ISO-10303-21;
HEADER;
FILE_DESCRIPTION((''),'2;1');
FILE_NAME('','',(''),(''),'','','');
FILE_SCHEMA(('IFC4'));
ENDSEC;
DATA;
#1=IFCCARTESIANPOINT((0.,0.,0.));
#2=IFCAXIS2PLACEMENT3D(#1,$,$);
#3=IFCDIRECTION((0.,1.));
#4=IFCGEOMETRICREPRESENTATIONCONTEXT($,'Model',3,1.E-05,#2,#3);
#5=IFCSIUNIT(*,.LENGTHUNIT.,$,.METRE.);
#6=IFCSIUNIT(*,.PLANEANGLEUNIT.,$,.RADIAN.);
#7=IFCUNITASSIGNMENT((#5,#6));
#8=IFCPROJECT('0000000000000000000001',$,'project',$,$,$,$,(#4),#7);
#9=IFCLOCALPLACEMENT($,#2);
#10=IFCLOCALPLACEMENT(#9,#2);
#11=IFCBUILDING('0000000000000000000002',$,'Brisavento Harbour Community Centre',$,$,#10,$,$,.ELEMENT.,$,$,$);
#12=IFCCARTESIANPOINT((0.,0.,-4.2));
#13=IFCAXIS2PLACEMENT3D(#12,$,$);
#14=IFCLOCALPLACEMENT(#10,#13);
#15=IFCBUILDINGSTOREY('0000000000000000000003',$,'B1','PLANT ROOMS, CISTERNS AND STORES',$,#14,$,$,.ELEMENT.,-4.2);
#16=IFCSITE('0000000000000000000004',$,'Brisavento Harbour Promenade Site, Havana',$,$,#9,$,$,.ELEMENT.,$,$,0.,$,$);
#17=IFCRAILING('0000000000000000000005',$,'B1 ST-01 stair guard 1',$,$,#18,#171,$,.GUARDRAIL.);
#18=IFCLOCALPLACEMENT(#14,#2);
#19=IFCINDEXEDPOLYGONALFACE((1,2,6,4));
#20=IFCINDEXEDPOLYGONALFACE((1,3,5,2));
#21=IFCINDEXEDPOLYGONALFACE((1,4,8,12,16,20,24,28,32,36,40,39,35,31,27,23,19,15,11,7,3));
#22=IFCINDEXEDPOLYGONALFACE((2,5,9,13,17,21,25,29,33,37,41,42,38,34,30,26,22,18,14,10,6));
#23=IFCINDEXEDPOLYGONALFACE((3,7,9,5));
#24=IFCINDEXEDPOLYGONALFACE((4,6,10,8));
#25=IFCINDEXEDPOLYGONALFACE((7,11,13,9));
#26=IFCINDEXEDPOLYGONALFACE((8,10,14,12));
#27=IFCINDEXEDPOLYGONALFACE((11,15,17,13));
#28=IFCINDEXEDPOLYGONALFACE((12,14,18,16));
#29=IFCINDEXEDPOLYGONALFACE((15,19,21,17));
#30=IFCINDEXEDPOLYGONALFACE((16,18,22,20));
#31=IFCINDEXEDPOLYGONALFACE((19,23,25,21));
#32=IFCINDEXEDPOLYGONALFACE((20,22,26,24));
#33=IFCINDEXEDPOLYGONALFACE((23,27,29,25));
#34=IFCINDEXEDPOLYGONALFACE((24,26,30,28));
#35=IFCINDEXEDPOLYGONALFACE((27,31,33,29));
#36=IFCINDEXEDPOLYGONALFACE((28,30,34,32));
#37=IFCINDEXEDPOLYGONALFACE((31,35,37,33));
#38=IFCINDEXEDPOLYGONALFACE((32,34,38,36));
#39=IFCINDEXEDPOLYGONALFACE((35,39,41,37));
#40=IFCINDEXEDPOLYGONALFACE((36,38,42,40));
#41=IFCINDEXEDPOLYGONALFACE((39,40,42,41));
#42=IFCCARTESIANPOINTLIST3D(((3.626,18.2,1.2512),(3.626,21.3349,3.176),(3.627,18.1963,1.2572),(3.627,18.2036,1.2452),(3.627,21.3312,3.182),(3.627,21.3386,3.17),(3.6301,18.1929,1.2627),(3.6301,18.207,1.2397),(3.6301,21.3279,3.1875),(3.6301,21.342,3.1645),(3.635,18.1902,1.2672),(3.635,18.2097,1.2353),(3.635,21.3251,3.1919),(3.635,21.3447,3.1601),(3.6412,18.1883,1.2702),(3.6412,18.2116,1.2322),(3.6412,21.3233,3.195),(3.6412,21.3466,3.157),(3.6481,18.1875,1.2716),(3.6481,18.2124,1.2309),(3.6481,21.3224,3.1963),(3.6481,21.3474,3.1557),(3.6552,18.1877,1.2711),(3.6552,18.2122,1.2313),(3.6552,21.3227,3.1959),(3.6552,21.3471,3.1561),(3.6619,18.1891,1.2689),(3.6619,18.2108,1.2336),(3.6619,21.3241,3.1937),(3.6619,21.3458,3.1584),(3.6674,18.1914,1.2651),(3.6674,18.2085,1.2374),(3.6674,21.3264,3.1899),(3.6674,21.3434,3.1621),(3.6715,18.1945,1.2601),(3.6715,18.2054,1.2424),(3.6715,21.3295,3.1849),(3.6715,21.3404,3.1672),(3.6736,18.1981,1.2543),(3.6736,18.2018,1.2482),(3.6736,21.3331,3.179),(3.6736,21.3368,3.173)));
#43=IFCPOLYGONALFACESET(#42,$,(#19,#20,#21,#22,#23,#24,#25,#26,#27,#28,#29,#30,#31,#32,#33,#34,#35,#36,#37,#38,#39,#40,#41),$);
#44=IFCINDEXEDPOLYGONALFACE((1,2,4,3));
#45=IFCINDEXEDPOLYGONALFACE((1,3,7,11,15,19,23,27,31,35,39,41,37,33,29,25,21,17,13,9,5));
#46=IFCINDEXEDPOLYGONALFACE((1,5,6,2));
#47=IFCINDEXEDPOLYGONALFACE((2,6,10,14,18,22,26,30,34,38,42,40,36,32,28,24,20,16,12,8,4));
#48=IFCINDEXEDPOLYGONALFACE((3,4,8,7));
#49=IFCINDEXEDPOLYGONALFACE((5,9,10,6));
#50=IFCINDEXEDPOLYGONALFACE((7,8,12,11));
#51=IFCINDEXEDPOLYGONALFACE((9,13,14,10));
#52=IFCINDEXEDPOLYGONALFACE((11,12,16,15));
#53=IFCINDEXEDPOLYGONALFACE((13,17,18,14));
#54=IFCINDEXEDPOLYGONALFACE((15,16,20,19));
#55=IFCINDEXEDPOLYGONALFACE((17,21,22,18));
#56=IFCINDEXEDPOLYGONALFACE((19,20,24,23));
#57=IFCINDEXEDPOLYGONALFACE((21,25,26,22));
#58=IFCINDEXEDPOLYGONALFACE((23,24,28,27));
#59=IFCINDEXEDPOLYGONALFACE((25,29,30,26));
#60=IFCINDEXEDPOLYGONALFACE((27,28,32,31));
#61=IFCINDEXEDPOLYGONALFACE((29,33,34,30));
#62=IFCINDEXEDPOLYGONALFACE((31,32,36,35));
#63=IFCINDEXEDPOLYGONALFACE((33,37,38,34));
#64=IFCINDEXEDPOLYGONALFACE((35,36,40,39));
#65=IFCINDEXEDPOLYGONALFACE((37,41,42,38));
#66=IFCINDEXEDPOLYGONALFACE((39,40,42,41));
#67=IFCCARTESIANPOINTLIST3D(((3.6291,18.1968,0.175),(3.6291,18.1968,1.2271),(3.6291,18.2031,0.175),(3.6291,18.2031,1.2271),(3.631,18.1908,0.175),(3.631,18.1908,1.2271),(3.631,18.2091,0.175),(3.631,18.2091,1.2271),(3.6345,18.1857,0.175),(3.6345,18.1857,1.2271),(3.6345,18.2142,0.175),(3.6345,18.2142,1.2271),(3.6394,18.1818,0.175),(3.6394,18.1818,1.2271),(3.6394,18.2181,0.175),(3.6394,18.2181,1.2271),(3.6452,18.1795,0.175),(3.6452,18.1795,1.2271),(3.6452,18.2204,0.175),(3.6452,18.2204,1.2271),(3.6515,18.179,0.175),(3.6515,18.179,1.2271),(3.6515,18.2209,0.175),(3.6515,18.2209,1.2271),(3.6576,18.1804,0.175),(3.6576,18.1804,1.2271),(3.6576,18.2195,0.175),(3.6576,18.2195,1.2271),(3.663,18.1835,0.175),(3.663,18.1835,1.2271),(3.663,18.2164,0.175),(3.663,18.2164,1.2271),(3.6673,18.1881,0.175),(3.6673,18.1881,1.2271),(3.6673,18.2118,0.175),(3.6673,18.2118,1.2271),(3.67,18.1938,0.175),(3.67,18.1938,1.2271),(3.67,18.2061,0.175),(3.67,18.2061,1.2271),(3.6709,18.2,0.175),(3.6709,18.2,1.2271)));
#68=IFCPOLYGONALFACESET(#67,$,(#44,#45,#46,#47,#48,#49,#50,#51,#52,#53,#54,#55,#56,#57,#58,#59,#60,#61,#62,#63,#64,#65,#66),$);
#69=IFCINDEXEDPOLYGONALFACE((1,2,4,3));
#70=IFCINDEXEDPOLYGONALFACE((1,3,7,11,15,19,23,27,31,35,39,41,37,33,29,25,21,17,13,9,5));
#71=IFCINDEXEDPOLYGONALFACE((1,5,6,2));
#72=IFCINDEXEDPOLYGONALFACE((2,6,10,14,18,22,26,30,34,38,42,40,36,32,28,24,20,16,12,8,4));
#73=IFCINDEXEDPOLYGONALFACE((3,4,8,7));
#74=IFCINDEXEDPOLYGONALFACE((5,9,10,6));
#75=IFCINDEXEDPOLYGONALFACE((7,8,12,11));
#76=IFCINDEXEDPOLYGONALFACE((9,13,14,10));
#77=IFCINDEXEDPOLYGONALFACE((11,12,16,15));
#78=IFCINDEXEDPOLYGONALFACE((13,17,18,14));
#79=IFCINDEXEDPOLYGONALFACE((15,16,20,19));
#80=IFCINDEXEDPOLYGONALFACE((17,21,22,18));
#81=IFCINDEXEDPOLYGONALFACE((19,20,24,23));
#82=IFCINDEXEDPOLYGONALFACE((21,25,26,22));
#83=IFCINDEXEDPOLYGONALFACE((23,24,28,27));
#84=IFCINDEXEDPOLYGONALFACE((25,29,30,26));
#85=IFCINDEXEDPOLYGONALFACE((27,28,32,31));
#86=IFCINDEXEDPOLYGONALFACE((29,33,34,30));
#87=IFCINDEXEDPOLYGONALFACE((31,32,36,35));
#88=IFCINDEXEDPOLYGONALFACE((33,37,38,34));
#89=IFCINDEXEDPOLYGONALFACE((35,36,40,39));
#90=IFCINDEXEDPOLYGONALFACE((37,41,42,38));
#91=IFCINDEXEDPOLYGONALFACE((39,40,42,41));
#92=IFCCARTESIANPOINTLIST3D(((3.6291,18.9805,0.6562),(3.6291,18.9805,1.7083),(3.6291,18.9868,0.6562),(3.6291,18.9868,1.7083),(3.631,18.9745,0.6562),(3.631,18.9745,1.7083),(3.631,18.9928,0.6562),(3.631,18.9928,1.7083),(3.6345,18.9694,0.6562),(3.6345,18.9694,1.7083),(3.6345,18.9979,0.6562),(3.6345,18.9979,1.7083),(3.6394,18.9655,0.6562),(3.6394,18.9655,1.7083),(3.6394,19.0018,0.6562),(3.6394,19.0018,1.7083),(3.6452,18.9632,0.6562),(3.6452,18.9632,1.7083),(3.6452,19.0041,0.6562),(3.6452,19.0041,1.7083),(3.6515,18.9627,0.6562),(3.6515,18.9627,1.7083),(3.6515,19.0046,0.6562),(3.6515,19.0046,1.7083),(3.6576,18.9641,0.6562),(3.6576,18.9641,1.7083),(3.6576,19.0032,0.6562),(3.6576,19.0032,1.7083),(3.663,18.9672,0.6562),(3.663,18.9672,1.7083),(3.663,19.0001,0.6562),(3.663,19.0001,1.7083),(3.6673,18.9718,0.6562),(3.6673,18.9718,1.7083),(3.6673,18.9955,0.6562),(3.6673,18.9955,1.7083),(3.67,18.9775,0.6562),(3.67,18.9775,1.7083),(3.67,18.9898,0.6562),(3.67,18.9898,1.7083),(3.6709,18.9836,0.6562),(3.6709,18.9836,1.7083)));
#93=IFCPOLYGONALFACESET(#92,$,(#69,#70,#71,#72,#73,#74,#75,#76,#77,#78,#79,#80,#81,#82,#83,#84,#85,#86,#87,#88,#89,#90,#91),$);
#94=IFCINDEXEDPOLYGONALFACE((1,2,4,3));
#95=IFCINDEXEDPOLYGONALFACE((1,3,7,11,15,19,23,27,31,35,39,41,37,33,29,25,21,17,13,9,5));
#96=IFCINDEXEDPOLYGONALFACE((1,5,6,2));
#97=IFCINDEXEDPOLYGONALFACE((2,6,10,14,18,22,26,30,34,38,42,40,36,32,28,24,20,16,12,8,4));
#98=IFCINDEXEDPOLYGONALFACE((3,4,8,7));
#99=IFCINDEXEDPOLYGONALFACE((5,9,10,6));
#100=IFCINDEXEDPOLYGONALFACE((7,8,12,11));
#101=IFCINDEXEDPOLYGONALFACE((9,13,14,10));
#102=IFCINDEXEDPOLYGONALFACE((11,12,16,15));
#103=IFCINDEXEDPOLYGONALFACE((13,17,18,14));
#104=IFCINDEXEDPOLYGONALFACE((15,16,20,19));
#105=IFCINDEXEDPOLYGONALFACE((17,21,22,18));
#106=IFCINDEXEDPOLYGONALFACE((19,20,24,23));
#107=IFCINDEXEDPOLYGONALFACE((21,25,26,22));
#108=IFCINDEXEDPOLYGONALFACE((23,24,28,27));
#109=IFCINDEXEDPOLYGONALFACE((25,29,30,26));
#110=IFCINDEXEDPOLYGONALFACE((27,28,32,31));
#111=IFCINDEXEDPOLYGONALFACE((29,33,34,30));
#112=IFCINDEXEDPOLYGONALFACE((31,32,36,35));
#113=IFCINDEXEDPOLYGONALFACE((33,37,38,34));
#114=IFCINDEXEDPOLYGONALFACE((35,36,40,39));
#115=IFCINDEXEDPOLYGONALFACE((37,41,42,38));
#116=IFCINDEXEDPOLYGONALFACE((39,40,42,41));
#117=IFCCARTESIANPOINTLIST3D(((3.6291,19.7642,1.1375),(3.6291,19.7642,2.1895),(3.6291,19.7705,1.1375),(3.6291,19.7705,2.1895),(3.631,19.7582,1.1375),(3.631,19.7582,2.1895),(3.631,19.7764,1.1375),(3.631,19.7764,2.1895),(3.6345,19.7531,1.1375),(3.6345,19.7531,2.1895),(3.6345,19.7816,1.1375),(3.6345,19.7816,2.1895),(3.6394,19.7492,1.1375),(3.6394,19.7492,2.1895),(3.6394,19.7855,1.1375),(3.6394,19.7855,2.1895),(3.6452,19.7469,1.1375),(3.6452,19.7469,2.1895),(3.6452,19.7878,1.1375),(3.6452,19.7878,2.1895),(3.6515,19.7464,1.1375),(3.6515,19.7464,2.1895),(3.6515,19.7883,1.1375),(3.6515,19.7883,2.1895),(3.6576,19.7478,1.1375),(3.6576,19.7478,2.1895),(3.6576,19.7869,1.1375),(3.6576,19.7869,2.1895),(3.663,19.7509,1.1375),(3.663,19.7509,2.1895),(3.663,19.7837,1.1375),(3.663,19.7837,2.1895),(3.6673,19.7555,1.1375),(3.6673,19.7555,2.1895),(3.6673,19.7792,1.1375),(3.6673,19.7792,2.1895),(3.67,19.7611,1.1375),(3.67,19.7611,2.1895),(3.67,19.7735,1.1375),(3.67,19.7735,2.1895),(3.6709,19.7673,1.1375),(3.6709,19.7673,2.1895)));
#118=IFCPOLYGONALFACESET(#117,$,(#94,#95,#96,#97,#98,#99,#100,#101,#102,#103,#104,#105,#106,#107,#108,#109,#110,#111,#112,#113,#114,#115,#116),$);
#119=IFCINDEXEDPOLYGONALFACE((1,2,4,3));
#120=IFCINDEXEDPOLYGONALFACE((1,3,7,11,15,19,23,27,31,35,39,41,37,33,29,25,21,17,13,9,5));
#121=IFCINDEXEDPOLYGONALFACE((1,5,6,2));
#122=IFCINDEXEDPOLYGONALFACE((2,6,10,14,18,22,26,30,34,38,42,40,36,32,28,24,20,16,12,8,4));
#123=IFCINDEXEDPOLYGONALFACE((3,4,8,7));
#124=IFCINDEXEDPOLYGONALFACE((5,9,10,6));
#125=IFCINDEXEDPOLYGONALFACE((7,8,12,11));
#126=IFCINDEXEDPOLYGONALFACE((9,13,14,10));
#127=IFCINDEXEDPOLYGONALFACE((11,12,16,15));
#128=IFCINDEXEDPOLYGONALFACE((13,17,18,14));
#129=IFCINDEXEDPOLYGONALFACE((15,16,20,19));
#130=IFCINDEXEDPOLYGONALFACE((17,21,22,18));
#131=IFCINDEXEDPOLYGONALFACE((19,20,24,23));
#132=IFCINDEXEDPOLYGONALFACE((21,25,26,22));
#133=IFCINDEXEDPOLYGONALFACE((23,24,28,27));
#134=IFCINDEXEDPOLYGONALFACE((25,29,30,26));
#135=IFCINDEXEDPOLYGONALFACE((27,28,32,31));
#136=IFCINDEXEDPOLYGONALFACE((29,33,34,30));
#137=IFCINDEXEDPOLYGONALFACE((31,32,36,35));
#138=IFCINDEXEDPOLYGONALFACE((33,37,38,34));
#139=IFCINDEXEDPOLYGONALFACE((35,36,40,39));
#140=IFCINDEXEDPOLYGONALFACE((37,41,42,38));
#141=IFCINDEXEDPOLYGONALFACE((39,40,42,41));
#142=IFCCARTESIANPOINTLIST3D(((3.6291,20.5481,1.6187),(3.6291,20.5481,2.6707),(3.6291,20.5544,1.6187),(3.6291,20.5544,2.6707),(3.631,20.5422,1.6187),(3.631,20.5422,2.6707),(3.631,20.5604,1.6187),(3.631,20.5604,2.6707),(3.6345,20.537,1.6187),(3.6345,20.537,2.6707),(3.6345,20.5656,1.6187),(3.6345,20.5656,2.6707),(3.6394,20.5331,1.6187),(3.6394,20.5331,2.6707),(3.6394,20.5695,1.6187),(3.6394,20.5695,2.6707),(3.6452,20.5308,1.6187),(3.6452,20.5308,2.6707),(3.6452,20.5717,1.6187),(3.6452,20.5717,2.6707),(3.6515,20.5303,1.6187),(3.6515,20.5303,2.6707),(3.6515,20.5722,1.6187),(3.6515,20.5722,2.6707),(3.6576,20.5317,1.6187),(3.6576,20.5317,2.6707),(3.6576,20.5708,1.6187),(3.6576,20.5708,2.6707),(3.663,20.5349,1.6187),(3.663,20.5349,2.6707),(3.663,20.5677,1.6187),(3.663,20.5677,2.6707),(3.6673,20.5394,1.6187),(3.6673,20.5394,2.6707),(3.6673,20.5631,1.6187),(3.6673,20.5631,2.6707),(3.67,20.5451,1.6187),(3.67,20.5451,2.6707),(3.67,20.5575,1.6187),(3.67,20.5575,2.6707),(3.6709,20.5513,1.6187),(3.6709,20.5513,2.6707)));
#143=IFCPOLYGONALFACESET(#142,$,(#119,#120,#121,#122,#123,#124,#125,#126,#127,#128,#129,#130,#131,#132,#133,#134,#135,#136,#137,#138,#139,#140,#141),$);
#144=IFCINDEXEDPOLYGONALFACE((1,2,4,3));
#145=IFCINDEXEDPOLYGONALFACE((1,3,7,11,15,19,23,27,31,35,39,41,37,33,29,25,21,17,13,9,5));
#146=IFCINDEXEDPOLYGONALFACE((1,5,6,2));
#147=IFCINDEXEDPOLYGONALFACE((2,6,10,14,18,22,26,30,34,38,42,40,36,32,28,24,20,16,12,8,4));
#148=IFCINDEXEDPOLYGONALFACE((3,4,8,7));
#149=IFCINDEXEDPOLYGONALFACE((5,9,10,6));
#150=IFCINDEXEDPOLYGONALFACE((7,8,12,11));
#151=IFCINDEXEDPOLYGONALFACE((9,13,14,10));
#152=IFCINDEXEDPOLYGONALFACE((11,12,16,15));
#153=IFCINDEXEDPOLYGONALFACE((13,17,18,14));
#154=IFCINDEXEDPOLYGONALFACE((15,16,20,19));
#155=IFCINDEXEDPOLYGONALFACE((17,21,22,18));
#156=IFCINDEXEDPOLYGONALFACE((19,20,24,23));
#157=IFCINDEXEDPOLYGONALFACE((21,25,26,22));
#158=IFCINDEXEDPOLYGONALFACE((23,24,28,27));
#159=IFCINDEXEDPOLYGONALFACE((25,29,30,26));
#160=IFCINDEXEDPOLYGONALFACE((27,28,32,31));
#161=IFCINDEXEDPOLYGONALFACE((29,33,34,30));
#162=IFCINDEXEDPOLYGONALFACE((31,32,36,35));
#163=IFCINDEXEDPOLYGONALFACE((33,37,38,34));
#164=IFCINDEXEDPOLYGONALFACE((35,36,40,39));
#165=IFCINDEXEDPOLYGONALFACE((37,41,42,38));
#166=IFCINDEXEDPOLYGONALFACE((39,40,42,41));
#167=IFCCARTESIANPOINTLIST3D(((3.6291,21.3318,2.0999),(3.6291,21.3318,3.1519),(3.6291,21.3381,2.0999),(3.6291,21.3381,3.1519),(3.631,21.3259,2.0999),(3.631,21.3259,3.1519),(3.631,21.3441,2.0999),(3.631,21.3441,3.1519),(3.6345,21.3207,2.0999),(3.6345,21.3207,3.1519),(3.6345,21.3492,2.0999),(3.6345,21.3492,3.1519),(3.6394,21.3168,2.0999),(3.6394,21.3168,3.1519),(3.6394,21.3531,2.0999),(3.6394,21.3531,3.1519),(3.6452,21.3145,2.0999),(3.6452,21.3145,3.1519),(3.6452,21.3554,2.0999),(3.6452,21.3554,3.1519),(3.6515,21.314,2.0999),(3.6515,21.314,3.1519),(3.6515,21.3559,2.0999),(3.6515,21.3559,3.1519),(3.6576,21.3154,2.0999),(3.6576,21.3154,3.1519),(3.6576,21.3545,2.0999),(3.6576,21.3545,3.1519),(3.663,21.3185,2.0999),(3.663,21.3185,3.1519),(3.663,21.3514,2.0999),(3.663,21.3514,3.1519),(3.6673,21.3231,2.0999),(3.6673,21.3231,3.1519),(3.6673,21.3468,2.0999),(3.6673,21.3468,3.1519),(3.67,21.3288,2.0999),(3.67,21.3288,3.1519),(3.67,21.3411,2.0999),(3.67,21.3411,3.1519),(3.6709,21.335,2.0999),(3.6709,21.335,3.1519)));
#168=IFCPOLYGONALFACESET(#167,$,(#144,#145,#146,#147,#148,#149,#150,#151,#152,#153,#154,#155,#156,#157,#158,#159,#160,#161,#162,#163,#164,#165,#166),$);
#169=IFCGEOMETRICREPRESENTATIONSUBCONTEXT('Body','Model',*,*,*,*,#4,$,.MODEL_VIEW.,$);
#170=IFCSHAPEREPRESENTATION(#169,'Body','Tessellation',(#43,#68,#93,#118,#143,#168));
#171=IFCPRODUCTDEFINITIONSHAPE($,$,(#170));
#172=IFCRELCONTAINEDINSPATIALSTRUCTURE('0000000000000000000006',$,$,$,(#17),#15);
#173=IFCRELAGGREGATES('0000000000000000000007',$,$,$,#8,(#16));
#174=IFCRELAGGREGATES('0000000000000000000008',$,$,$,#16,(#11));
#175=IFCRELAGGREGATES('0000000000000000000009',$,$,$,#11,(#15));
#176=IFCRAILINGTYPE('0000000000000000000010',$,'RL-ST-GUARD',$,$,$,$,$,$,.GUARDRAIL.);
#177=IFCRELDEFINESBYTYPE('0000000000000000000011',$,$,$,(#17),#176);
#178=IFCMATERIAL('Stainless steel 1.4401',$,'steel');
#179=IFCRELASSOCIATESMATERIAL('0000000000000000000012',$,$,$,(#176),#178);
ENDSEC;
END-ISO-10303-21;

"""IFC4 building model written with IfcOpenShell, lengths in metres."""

from ifc_helpers import new_model, si_unit, direction, frame, origin, origin_2d, place, context, subcontext, project, spatial, circle, extrude, material, type_object, element, save


model = new_model("IFC4")

# Units and contexts
model_context = context("Model", 3, precision=1e-05, world=origin(), true_north=direction((0.0, 1.0)))
body_context = subcontext(model_context, "Body", "Model", "MODEL_VIEW")
ifc_project = project(units=[si_unit("LENGTHUNIT", "METRE"), si_unit("PLANEANGLEUNIT", "RADIAN")], contexts=[model_context])

# Site, building, storey
site_placement = place(None, origin())
site = spatial("IfcSite", under=ifc_project, at=site_placement, Name="Brisavento Harbour Promenade Site, Havana", CompositionType="ELEMENT", RefElevation=0.0)
building_placement = place(site_placement, origin())
building = spatial("IfcBuilding", under=site, at=building_placement, Name="Brisavento Harbour Community Centre", CompositionType="ELEMENT")
storey_placement = place(building_placement, frame((0.0, 0.0, -4.2)))
storey = spatial("IfcBuildingStorey", under=building, at=storey_placement, Name="B1", Description="PLANT ROOMS, CISTERNS AND STORES", CompositionType="ELEMENT", Elevation=-4.2)

# Shared definitions
ifc_material_1 = material(Name="Stainless steel 1.4401", Category="steel")

# Railing
railing_type_1 = type_object("IfcRailingType", Name="RL-ST-GUARD", PredefinedType="GUARDRAIL", material=ifc_material_1)
railing_1_placement = place(storey_placement, frame((3.6499, 18.2, 0.175)))
element("IfcRailing", 1, at=railing_1_placement, inside=storey, type_object=railing_type_1, Name="B1 ST-01 stair guard 1", PredefinedType="GUARDRAIL", context=body_context, shape_type="SweptSolid", body=[
    extrude(circle(Radius=0.0239, at=origin_2d()), frame((0.0, 0.0, 1.0762), z_axis=(0.0, 0.852196, 0.523223), x_axis=(-1.0, 0.0, 0.0)), (0.0, 0.0, 1.0), 3.6787),
    extrude(circle(Radius=0.021, at=origin_2d()), origin(), (0.0, 0.0, 1.0), 1.052),
    extrude(circle(Radius=0.021, at=origin_2d()), frame((0.0, 0.7837, 0.4812)), (0.0, 0.0, 1.0), 1.052),
    extrude(circle(Radius=0.021, at=origin_2d()), frame((0.0, 1.5674, 0.9624)), (0.0, 0.0, 1.0), 1.052),
    extrude(circle(Radius=0.021, at=origin_2d()), frame((0.0, 2.3513, 1.4436)), (0.0, 0.0, 1.0), 1.052),
    extrude(circle(Radius=0.021, at=origin_2d()), frame((0.0, 3.135, 1.9248)), (0.0, 0.0, 1.0), 1.052),
])

save(model, "model.ifc")
